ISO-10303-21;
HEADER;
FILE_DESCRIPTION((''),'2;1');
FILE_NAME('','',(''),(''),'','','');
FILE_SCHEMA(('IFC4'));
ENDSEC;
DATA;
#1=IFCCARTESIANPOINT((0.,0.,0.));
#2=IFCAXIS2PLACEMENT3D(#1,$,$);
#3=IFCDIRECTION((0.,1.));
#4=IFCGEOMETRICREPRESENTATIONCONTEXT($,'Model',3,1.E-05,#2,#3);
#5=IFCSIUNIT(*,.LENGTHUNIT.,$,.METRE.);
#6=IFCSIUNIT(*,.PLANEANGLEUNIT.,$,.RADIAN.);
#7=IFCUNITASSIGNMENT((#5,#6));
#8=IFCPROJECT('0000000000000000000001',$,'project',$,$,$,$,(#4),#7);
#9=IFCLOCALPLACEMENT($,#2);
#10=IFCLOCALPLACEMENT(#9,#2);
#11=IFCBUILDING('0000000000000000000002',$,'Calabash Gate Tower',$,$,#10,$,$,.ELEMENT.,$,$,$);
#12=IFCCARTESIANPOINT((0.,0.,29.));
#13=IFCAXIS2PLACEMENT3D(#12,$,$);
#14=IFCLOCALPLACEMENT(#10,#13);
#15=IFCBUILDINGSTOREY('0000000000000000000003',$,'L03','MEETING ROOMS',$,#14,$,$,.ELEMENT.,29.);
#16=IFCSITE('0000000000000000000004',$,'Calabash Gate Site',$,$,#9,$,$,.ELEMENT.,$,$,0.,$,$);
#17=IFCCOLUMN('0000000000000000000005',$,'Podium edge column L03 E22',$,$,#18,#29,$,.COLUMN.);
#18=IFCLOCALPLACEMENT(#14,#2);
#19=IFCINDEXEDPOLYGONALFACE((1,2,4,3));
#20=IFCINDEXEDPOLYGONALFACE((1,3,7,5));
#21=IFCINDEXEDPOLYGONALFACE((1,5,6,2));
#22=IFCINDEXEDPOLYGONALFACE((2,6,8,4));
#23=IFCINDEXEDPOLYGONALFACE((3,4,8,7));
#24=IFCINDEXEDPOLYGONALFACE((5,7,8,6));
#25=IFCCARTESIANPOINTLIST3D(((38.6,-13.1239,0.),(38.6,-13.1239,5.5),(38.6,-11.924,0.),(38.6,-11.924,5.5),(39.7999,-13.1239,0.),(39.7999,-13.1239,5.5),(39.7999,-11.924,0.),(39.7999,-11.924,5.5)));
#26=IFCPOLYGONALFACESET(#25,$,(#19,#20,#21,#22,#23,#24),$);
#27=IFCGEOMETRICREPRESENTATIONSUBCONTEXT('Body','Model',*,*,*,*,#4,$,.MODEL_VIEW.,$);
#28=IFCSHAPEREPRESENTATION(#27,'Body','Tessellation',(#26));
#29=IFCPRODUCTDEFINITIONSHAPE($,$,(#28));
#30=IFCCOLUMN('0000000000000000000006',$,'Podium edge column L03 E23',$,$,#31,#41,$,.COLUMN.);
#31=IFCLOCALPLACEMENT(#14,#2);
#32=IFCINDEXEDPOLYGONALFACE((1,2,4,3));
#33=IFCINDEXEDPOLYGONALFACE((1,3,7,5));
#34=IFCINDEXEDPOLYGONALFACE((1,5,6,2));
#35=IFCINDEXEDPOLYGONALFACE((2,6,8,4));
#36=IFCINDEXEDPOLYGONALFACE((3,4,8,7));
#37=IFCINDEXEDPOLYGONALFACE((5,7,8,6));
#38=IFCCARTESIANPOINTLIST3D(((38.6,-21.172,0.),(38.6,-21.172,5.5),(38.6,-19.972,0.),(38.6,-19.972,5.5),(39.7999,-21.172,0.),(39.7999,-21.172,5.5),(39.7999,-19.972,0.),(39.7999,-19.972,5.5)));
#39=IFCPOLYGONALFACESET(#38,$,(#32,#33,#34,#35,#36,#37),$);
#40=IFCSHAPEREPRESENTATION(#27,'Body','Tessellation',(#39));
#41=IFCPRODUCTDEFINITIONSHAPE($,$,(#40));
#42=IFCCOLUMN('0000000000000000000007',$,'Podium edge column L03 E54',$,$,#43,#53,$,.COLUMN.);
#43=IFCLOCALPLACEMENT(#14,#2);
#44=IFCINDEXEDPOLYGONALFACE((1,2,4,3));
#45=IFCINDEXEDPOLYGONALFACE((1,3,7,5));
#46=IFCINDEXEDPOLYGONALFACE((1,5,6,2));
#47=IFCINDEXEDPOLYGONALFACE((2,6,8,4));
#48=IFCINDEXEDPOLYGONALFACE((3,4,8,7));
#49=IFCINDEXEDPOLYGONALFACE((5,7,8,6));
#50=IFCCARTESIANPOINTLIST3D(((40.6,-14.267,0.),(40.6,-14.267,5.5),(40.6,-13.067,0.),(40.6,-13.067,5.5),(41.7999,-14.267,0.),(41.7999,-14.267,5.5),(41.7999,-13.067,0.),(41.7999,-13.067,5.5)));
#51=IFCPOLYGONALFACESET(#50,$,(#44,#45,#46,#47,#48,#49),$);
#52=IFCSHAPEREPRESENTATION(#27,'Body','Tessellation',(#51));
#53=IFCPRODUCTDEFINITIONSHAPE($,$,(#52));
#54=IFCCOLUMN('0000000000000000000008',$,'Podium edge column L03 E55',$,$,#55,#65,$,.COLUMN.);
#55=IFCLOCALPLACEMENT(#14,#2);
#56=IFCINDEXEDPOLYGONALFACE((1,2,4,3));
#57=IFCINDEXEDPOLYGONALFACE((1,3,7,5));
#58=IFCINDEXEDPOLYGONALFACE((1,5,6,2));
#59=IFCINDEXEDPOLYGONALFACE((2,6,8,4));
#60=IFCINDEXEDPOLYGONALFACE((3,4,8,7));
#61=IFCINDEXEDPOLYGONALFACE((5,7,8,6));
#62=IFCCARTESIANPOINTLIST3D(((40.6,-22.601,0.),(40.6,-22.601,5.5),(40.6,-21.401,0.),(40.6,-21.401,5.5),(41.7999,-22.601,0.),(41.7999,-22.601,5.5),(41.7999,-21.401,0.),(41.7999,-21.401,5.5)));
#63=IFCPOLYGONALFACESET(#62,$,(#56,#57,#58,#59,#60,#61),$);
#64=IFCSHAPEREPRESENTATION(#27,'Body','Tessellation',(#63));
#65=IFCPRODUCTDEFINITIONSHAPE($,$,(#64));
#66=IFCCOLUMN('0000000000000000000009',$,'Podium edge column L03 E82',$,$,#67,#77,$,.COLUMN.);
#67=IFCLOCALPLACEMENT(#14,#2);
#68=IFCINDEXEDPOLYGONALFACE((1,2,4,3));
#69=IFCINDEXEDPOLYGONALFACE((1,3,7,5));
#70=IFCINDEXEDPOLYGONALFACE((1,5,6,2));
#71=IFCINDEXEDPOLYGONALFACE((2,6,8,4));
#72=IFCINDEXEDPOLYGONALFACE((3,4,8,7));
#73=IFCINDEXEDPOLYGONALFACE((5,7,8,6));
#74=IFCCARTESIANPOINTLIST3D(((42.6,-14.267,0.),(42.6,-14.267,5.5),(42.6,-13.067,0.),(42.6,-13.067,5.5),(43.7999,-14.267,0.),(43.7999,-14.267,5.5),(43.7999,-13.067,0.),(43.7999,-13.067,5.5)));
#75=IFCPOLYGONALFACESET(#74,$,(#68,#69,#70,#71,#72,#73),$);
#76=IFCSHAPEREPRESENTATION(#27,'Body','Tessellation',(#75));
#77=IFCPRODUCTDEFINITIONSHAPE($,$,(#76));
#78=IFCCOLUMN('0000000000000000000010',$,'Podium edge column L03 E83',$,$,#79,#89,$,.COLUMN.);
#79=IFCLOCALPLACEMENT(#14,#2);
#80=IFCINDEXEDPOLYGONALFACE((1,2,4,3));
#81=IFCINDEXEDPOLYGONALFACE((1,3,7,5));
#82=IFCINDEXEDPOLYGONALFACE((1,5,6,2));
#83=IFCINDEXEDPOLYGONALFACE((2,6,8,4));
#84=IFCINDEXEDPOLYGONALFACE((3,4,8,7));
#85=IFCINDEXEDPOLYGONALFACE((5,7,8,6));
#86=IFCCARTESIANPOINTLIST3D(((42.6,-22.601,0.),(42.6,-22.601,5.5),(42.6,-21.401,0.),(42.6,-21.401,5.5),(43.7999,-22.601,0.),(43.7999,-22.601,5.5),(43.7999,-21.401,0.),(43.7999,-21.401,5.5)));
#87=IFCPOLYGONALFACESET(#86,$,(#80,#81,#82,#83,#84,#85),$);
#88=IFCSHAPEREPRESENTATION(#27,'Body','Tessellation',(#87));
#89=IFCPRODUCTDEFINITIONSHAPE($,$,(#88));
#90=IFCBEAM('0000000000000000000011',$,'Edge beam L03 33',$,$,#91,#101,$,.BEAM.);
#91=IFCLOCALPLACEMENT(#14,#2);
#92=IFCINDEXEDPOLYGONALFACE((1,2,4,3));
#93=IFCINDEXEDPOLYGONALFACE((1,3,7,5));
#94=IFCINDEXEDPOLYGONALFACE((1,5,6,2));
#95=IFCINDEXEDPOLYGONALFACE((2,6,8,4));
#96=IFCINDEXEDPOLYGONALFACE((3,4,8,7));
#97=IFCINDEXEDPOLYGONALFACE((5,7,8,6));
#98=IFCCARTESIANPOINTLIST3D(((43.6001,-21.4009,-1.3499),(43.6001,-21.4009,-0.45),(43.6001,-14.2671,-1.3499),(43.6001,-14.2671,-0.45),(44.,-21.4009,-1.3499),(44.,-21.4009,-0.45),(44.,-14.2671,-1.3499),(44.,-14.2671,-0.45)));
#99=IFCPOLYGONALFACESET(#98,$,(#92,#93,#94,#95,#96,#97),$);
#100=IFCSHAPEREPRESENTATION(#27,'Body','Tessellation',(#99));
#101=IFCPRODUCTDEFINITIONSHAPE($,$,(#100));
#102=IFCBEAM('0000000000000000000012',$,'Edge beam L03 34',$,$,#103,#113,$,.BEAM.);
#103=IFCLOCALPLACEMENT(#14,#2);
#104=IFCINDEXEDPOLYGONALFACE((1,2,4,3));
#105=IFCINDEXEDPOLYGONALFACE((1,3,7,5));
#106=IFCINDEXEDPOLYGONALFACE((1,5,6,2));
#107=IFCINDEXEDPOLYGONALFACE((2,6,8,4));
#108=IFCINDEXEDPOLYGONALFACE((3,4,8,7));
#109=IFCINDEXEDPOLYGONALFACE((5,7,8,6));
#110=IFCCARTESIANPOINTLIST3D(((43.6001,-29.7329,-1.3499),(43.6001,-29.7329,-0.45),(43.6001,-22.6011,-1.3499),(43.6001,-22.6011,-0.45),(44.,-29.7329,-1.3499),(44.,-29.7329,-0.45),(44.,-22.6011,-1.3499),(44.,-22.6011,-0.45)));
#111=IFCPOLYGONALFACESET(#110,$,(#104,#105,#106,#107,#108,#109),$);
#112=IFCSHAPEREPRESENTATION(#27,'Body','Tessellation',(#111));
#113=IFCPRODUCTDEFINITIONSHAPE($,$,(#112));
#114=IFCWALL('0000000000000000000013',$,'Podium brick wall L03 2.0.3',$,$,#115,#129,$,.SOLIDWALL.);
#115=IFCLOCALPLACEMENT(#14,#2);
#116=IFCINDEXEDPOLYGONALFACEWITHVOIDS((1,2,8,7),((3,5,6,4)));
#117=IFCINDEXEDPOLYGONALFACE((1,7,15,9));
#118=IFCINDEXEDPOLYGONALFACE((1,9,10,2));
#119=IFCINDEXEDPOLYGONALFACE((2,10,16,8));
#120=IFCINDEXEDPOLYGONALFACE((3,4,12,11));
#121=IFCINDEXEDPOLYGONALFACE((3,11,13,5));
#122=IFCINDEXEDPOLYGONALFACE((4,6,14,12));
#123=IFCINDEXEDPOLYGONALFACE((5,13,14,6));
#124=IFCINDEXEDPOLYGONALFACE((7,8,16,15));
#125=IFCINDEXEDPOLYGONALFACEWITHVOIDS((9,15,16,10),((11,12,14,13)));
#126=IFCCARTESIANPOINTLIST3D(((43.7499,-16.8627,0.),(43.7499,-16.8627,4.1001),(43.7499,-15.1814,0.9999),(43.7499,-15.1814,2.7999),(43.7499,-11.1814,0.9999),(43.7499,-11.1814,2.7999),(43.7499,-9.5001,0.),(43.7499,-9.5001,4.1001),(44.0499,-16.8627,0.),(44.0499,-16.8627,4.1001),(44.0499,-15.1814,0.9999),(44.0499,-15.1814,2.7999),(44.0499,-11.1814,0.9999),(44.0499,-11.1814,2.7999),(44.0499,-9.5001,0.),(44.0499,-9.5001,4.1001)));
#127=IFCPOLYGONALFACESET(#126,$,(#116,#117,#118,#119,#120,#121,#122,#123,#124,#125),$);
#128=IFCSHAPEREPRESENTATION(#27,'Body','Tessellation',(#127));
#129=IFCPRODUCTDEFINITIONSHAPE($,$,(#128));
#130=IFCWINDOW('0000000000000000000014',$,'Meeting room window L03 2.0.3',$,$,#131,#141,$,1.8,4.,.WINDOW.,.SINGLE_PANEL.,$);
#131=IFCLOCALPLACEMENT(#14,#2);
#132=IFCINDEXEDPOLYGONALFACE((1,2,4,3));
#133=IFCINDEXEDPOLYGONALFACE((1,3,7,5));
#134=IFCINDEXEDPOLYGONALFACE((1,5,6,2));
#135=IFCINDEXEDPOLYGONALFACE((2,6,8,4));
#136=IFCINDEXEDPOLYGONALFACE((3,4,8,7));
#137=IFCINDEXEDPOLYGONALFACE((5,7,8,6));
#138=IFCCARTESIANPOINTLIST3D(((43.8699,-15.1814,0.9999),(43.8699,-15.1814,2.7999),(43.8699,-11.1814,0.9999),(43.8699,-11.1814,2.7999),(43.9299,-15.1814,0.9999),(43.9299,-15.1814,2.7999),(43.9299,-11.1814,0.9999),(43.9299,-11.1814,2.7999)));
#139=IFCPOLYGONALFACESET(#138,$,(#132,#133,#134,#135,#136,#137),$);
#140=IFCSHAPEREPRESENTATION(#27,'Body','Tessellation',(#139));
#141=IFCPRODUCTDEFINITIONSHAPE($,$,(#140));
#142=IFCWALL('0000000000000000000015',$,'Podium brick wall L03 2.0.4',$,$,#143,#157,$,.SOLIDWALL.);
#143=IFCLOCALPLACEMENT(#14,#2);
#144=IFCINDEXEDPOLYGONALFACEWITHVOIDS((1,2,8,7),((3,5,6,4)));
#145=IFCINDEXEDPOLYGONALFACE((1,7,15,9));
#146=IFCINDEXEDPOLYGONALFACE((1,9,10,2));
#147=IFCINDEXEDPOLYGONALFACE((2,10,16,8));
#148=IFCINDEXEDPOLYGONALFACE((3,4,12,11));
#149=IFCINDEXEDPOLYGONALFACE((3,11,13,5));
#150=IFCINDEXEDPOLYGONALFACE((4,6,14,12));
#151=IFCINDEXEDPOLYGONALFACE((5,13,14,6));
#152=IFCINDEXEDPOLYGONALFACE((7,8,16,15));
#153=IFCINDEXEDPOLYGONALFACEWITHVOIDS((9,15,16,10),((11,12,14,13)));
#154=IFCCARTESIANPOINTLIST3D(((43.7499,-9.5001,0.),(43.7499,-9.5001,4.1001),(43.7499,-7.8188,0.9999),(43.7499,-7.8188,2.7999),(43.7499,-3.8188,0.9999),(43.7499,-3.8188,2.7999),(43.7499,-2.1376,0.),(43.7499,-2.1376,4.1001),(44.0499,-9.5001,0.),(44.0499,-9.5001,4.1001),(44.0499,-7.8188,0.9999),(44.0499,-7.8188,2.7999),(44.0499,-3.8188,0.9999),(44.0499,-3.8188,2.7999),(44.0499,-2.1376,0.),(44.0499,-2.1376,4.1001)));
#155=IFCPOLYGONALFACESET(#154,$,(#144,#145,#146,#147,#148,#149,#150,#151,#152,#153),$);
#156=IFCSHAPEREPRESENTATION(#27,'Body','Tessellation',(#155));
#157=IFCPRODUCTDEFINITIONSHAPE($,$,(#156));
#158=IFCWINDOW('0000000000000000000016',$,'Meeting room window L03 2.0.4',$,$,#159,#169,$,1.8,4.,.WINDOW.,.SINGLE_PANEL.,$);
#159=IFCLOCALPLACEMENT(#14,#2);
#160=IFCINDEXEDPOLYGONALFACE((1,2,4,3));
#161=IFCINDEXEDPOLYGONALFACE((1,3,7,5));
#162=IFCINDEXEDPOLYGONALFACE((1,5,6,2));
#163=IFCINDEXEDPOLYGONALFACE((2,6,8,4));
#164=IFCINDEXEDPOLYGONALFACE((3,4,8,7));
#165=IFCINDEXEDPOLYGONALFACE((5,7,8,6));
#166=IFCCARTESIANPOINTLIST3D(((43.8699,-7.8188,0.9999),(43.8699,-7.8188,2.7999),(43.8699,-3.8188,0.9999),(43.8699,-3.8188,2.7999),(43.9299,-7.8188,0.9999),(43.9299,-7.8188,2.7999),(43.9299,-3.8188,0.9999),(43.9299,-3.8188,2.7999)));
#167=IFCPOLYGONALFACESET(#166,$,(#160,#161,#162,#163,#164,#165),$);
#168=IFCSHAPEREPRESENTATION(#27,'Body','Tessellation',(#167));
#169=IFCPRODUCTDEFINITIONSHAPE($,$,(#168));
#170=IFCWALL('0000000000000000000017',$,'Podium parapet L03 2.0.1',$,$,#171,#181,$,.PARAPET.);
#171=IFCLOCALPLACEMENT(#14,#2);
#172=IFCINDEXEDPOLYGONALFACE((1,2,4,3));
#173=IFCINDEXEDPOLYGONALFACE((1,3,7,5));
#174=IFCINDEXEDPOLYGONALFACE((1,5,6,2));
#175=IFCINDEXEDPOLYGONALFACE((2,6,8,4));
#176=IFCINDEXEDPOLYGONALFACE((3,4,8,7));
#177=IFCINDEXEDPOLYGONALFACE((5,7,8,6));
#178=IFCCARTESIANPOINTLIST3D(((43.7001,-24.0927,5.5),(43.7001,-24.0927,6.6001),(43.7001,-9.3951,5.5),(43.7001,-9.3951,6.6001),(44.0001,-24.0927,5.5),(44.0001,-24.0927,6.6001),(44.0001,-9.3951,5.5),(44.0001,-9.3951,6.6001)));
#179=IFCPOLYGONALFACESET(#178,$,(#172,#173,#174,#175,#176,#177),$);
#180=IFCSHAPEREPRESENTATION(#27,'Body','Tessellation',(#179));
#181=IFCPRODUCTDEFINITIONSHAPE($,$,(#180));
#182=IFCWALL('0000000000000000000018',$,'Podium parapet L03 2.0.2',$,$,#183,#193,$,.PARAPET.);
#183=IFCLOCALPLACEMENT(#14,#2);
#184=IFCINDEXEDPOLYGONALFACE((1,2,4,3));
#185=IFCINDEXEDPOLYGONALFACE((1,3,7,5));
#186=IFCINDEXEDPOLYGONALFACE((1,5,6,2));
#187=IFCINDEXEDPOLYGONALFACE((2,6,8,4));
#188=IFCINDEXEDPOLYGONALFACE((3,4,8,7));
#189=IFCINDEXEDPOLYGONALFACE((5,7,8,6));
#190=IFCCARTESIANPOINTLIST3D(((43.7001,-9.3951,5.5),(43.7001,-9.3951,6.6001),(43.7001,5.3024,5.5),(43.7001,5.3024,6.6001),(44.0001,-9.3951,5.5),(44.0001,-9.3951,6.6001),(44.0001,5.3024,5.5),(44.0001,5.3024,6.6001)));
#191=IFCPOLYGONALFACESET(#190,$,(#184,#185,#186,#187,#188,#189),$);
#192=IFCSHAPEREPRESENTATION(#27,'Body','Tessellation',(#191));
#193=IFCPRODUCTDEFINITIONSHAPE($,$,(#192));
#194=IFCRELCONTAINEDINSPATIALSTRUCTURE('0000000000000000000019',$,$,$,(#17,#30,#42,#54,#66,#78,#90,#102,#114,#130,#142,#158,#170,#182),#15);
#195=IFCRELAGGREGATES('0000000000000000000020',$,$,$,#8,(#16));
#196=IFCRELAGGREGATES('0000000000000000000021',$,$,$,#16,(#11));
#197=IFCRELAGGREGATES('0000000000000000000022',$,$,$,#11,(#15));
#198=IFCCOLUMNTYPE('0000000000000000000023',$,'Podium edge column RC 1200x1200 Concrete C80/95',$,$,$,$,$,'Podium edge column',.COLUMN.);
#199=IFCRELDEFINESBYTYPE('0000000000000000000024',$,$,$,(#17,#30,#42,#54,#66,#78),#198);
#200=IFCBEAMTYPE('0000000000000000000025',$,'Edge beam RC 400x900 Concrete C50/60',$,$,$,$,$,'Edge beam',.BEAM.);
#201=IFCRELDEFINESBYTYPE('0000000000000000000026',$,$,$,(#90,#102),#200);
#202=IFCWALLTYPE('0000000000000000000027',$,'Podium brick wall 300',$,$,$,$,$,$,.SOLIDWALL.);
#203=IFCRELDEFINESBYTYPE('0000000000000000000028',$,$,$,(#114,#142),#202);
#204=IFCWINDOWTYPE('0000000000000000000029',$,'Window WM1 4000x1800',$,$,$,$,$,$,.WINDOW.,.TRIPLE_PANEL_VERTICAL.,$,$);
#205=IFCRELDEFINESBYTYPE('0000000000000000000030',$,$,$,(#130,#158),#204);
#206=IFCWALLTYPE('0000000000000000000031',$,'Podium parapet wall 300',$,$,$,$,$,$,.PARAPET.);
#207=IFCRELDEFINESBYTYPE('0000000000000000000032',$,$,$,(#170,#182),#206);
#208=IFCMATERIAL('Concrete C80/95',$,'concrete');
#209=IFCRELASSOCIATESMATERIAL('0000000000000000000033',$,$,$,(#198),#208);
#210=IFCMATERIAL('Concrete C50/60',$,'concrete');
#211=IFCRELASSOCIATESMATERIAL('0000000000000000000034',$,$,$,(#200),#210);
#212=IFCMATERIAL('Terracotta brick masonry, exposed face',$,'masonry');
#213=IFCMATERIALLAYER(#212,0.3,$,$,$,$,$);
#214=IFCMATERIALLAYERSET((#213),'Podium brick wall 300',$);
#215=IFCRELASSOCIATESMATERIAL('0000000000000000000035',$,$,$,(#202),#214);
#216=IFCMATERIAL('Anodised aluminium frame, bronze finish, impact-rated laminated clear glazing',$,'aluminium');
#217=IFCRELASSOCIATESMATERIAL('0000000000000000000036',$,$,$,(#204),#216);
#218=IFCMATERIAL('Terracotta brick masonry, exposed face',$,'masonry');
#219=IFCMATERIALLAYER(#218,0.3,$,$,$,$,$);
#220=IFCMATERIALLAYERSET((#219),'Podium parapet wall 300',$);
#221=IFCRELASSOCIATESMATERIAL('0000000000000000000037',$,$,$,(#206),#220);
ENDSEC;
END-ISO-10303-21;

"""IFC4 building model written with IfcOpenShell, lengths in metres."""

from ifc_helpers import new_model, si_unit, direction, frame, frame_2d, origin, origin_2d, place, context, subcontext, project, spatial, rectangle, extrude, material, layer, layer_set, material_profile, profile_set, type_object, element, fill, save


model = new_model("IFC4")

# Units and contexts
model_context = context("Model", 3, precision=1e-05, world=origin(), true_north=direction((0.0, 1.0)))
body_context = subcontext(model_context, "Body", "Model", "MODEL_VIEW")
ifc_project = project(units=[si_unit("LENGTHUNIT", "METRE"), si_unit("PLANEANGLEUNIT", "RADIAN")], contexts=[model_context])

# Site, building, storey
site_placement = place(None, origin())
site = spatial("IfcSite", under=ifc_project, at=site_placement, Name="Calabash Gate Site", CompositionType="ELEMENT", RefElevation=0.0)
building_placement = place(site_placement, origin())
building = spatial("IfcBuilding", under=site, at=building_placement, Name="Calabash Gate Tower", CompositionType="ELEMENT")
storey_placement = place(building_placement, frame((0.0, 0.0, 29.0)))
storey = spatial("IfcBuildingStorey", under=building, at=storey_placement, Name="L03", Description="MEETING ROOMS", CompositionType="ELEMENT", Elevation=29.0)

# Columns
ifc_material_1 = material(Name="Concrete C80/95", Category="concrete")
ifc_material_profile_1 = material_profile(ifc_material_1, rectangle(XDim=1.2, YDim=1.2, at=origin_2d()))
ifc_profile_set_1 = profile_set([ifc_material_profile_1], Name="Concrete C80/95")
column_type = type_object("IfcColumnType", Name="Podium edge column RC 1200x1200 Concrete C80/95", ElementType="Podium edge column", PredefinedType="COLUMN", material=ifc_profile_set_1)
for number, where, z_axis, x_axis, name in (
    (1, (39.2, -12.5239, 0.0), (0.0, 0.0, 1.0), (1.0, 0.0, 0.0), "Podium edge column L03 E22"),
    (2, (39.2, -20.572, 0.0), (0.0, 0.0, 1.0), (1.0, 0.0, 0.0), "Podium edge column L03 E23"),
    (3, (41.2, -13.667, 0.0), (0.0, 0.0, 1.0), (1.0, 0.0, 0.0), "Podium edge column L03 E54"),
    (4, (41.2, -22.001, 0.0), (0.0, 0.0, 1.0), (1.0, 0.0, 0.0), "Podium edge column L03 E55"),
    (5, (43.2, -13.667, 0.0), (0.0, 0.0, 1.0), (1.0, 0.0, 0.0), "Podium edge column L03 E82"),
    (6, (43.2, -22.001, 0.0), (0.0, 0.0, 1.0), (1.0, 0.0, 0.0), "Podium edge column L03 E83"),
):
    element("IfcColumn", number, at=place(storey_placement, frame(where, z_axis=z_axis, x_axis=x_axis)), inside=storey, type_object=column_type, Name=name, PredefinedType="COLUMN", context=body_context, shape_type="SweptSolid", body=[
        extrude(rectangle(XDim=1.2, YDim=1.2, at=origin_2d()), origin(), (0.0, 0.0, 1.0), 5.5),
    ])

# Beams
ifc_material_2 = material(Name="Concrete C50/60", Category="concrete")
ifc_material_profile_2 = material_profile(ifc_material_2, rectangle(XDim=0.3999, YDim=0.8999, at=origin_2d()))
ifc_profile_set_2 = profile_set([ifc_material_profile_2], Name="Concrete C50/60")
beam_type = type_object("IfcBeamType", Name="Edge beam RC 400x900 Concrete C50/60", ElementType="Edge beam", PredefinedType="BEAM", material=ifc_profile_set_2)
beam_1_placement = place(storey_placement, frame((43.8, -14.2671, -0.8999), z_axis=(0.0, -1.0, 0.0), x_axis=(1.0, 0.0, 0.0)))
element("IfcBeam", 7, at=beam_1_placement, inside=storey, type_object=beam_type, Name="Edge beam L03 33", PredefinedType="BEAM", context=body_context, shape_type="SweptSolid", body=[
    extrude(rectangle(XDim=0.3999, YDim=0.8999, at=origin_2d()), origin(), (0.0, 0.0, 1.0), 7.1338),
])
beam_2_placement = place(storey_placement, frame((43.8, -22.6011, -0.8999), z_axis=(0.0, -1.0, 0.0), x_axis=(1.0, 0.0, 0.0)))
element("IfcBeam", 8, at=beam_2_placement, inside=storey, type_object=beam_type, Name="Edge beam L03 34", PredefinedType="BEAM", context=body_context, shape_type="SweptSolid", body=[
    extrude(rectangle(XDim=0.3999, YDim=0.8999, at=origin_2d()), origin(), (0.0, 0.0, 1.0), 7.1318),
])

# Walls, openings, windows
ifc_material_3 = material(Name="Terracotta brick masonry, exposed face", Category="masonry")
ifc_layer_1 = layer(ifc_material_3, 0.3)
ifc_layer_set_1 = layer_set([ifc_layer_1], Name="Podium brick wall 300")
wall_type_1 = type_object("IfcWallType", Name="Podium brick wall 300", PredefinedType="SOLIDWALL", material=ifc_layer_set_1)
wall_1_placement = place(storey_placement, frame((43.8999, -16.8625, 0.0), z_axis=(0.0, 0.0, 1.0), x_axis=(0.0, 1.0, 0.0)))
wall_1 = element("IfcWall", 9, at=wall_1_placement, inside=storey, type_object=wall_type_1, Name="Podium brick wall L03 2.0.3", PredefinedType="SOLIDWALL", context=body_context, shape_type="SweptSolid", body=[
    extrude(rectangle(XDim=7.3625, YDim=0.3, at=frame_2d((3.6812, 0.0))), origin(), (0.0, 0.0, 1.0), 4.1001),
])
opening_1_placement = place(wall_1_placement, frame((1.6812, 0.0, 1.0)))
opening_1 = element("IfcOpeningElement", 10, at=opening_1_placement, cuts=wall_1, PredefinedType="OPENING", context=body_context, shape_type="SweptSolid", body=[
    extrude(rectangle(XDim=4.0, YDim=1.8, at=frame_2d((2.0, 0.8999))), frame((0.0, 0.1599, 0.0), z_axis=(0.0, -1.0, 0.0), x_axis=(1.0, 0.0, 0.0)), (0.0, 0.0, 1.0), 0.3201),
])
ifc_material_4 = material(Name="Anodised aluminium frame, bronze finish, impact-rated laminated clear glazing", Category="aluminium")
window_type = type_object("IfcWindowType", Name="Window WM1 4000x1800", PartitioningType="TRIPLE_PANEL_VERTICAL", PredefinedType="WINDOW", material=ifc_material_4)
window_1_placement = place(opening_1_placement, origin())
window_1 = element("IfcWindow", 11, at=window_1_placement, inside=storey, type_object=window_type, Name="Meeting room window L03 2.0.3", OverallHeight=1.8, OverallWidth=4.0, PartitioningType="SINGLE_PANEL", PredefinedType="WINDOW", context=body_context, shape_type="SweptSolid", body=[
    extrude(rectangle(XDim=4.0, YDim=1.8, at=frame_2d((2.0, 0.8999))), frame((0.0, 0.03, 0.0), z_axis=(0.0, -1.0, 0.0), x_axis=(1.0, 0.0, 0.0)), (0.0, 0.0, 1.0), 0.0601),
])
fill(opening_1, window_1)
wall_2_placement = place(storey_placement, frame((43.8999, -9.5, 0.0), z_axis=(0.0, 0.0, 1.0), x_axis=(0.0, 1.0, 0.0)))
wall_2 = element("IfcWall", 12, at=wall_2_placement, inside=storey, type_object=wall_type_1, Name="Podium brick wall L03 2.0.4", PredefinedType="SOLIDWALL", context=body_context, shape_type="SweptSolid", body=[
    extrude(rectangle(XDim=7.3625, YDim=0.3, at=frame_2d((3.6812, 0.0))), origin(), (0.0, 0.0, 1.0), 4.1001),
])
opening_2_placement = place(wall_2_placement, frame((1.6812, 0.0, 1.0)))
opening_2 = element("IfcOpeningElement", 13, at=opening_2_placement, cuts=wall_2, PredefinedType="OPENING", context=body_context, shape_type="SweptSolid", body=[
    extrude(rectangle(XDim=4.0, YDim=1.8, at=frame_2d((2.0, 0.8999))), frame((0.0, 0.1599, 0.0), z_axis=(0.0, -1.0, 0.0), x_axis=(1.0, 0.0, 0.0)), (0.0, 0.0, 1.0), 0.3201),
])
window_2_placement = place(opening_2_placement, origin())
window_2 = element("IfcWindow", 14, at=window_2_placement, inside=storey, type_object=window_type, Name="Meeting room window L03 2.0.4", OverallHeight=1.8, OverallWidth=4.0, PartitioningType="SINGLE_PANEL", PredefinedType="WINDOW", context=body_context, shape_type="SweptSolid", body=[
    extrude(rectangle(XDim=4.0, YDim=1.8, at=frame_2d((2.0, 0.8999))), frame((0.0, 0.03, 0.0), z_axis=(0.0, -1.0, 0.0), x_axis=(1.0, 0.0, 0.0)), (0.0, 0.0, 1.0), 0.0601),
])
fill(opening_2, window_2)

# Walls
ifc_material_5 = material(Name="Terracotta brick masonry, exposed face", Category="masonry")
ifc_layer_2 = layer(ifc_material_5, 0.3)
ifc_layer_set_2 = layer_set([ifc_layer_2], Name="Podium parapet wall 300")
wall_type_2 = type_object("IfcWallType", Name="Podium parapet wall 300", PredefinedType="PARAPET", material=ifc_layer_set_2)
for number, where, z_axis, x_axis, name in (
    (15, (43.8501, -24.0925, 5.5), (0.0, 0.0, 1.0), (0.0, 1.0, 0.0), "Podium parapet L03 2.0.1"),
    (16, (43.8501, -9.395, 5.5), (0.0, 0.0, 1.0), (0.0, 1.0, 0.0), "Podium parapet L03 2.0.2"),
):
    element("IfcWall", number, at=place(storey_placement, frame(where, z_axis=z_axis, x_axis=x_axis)), inside=storey, type_object=wall_type_2, Name=name, PredefinedType="PARAPET", context=body_context, shape_type="SweptSolid", body=[
        extrude(rectangle(XDim=14.6975, YDim=0.3, at=frame_2d((7.3486, 0.0))), origin(), (0.0, 0.0, 1.0), 1.1001),
    ])

save(model, "model.ifc")
